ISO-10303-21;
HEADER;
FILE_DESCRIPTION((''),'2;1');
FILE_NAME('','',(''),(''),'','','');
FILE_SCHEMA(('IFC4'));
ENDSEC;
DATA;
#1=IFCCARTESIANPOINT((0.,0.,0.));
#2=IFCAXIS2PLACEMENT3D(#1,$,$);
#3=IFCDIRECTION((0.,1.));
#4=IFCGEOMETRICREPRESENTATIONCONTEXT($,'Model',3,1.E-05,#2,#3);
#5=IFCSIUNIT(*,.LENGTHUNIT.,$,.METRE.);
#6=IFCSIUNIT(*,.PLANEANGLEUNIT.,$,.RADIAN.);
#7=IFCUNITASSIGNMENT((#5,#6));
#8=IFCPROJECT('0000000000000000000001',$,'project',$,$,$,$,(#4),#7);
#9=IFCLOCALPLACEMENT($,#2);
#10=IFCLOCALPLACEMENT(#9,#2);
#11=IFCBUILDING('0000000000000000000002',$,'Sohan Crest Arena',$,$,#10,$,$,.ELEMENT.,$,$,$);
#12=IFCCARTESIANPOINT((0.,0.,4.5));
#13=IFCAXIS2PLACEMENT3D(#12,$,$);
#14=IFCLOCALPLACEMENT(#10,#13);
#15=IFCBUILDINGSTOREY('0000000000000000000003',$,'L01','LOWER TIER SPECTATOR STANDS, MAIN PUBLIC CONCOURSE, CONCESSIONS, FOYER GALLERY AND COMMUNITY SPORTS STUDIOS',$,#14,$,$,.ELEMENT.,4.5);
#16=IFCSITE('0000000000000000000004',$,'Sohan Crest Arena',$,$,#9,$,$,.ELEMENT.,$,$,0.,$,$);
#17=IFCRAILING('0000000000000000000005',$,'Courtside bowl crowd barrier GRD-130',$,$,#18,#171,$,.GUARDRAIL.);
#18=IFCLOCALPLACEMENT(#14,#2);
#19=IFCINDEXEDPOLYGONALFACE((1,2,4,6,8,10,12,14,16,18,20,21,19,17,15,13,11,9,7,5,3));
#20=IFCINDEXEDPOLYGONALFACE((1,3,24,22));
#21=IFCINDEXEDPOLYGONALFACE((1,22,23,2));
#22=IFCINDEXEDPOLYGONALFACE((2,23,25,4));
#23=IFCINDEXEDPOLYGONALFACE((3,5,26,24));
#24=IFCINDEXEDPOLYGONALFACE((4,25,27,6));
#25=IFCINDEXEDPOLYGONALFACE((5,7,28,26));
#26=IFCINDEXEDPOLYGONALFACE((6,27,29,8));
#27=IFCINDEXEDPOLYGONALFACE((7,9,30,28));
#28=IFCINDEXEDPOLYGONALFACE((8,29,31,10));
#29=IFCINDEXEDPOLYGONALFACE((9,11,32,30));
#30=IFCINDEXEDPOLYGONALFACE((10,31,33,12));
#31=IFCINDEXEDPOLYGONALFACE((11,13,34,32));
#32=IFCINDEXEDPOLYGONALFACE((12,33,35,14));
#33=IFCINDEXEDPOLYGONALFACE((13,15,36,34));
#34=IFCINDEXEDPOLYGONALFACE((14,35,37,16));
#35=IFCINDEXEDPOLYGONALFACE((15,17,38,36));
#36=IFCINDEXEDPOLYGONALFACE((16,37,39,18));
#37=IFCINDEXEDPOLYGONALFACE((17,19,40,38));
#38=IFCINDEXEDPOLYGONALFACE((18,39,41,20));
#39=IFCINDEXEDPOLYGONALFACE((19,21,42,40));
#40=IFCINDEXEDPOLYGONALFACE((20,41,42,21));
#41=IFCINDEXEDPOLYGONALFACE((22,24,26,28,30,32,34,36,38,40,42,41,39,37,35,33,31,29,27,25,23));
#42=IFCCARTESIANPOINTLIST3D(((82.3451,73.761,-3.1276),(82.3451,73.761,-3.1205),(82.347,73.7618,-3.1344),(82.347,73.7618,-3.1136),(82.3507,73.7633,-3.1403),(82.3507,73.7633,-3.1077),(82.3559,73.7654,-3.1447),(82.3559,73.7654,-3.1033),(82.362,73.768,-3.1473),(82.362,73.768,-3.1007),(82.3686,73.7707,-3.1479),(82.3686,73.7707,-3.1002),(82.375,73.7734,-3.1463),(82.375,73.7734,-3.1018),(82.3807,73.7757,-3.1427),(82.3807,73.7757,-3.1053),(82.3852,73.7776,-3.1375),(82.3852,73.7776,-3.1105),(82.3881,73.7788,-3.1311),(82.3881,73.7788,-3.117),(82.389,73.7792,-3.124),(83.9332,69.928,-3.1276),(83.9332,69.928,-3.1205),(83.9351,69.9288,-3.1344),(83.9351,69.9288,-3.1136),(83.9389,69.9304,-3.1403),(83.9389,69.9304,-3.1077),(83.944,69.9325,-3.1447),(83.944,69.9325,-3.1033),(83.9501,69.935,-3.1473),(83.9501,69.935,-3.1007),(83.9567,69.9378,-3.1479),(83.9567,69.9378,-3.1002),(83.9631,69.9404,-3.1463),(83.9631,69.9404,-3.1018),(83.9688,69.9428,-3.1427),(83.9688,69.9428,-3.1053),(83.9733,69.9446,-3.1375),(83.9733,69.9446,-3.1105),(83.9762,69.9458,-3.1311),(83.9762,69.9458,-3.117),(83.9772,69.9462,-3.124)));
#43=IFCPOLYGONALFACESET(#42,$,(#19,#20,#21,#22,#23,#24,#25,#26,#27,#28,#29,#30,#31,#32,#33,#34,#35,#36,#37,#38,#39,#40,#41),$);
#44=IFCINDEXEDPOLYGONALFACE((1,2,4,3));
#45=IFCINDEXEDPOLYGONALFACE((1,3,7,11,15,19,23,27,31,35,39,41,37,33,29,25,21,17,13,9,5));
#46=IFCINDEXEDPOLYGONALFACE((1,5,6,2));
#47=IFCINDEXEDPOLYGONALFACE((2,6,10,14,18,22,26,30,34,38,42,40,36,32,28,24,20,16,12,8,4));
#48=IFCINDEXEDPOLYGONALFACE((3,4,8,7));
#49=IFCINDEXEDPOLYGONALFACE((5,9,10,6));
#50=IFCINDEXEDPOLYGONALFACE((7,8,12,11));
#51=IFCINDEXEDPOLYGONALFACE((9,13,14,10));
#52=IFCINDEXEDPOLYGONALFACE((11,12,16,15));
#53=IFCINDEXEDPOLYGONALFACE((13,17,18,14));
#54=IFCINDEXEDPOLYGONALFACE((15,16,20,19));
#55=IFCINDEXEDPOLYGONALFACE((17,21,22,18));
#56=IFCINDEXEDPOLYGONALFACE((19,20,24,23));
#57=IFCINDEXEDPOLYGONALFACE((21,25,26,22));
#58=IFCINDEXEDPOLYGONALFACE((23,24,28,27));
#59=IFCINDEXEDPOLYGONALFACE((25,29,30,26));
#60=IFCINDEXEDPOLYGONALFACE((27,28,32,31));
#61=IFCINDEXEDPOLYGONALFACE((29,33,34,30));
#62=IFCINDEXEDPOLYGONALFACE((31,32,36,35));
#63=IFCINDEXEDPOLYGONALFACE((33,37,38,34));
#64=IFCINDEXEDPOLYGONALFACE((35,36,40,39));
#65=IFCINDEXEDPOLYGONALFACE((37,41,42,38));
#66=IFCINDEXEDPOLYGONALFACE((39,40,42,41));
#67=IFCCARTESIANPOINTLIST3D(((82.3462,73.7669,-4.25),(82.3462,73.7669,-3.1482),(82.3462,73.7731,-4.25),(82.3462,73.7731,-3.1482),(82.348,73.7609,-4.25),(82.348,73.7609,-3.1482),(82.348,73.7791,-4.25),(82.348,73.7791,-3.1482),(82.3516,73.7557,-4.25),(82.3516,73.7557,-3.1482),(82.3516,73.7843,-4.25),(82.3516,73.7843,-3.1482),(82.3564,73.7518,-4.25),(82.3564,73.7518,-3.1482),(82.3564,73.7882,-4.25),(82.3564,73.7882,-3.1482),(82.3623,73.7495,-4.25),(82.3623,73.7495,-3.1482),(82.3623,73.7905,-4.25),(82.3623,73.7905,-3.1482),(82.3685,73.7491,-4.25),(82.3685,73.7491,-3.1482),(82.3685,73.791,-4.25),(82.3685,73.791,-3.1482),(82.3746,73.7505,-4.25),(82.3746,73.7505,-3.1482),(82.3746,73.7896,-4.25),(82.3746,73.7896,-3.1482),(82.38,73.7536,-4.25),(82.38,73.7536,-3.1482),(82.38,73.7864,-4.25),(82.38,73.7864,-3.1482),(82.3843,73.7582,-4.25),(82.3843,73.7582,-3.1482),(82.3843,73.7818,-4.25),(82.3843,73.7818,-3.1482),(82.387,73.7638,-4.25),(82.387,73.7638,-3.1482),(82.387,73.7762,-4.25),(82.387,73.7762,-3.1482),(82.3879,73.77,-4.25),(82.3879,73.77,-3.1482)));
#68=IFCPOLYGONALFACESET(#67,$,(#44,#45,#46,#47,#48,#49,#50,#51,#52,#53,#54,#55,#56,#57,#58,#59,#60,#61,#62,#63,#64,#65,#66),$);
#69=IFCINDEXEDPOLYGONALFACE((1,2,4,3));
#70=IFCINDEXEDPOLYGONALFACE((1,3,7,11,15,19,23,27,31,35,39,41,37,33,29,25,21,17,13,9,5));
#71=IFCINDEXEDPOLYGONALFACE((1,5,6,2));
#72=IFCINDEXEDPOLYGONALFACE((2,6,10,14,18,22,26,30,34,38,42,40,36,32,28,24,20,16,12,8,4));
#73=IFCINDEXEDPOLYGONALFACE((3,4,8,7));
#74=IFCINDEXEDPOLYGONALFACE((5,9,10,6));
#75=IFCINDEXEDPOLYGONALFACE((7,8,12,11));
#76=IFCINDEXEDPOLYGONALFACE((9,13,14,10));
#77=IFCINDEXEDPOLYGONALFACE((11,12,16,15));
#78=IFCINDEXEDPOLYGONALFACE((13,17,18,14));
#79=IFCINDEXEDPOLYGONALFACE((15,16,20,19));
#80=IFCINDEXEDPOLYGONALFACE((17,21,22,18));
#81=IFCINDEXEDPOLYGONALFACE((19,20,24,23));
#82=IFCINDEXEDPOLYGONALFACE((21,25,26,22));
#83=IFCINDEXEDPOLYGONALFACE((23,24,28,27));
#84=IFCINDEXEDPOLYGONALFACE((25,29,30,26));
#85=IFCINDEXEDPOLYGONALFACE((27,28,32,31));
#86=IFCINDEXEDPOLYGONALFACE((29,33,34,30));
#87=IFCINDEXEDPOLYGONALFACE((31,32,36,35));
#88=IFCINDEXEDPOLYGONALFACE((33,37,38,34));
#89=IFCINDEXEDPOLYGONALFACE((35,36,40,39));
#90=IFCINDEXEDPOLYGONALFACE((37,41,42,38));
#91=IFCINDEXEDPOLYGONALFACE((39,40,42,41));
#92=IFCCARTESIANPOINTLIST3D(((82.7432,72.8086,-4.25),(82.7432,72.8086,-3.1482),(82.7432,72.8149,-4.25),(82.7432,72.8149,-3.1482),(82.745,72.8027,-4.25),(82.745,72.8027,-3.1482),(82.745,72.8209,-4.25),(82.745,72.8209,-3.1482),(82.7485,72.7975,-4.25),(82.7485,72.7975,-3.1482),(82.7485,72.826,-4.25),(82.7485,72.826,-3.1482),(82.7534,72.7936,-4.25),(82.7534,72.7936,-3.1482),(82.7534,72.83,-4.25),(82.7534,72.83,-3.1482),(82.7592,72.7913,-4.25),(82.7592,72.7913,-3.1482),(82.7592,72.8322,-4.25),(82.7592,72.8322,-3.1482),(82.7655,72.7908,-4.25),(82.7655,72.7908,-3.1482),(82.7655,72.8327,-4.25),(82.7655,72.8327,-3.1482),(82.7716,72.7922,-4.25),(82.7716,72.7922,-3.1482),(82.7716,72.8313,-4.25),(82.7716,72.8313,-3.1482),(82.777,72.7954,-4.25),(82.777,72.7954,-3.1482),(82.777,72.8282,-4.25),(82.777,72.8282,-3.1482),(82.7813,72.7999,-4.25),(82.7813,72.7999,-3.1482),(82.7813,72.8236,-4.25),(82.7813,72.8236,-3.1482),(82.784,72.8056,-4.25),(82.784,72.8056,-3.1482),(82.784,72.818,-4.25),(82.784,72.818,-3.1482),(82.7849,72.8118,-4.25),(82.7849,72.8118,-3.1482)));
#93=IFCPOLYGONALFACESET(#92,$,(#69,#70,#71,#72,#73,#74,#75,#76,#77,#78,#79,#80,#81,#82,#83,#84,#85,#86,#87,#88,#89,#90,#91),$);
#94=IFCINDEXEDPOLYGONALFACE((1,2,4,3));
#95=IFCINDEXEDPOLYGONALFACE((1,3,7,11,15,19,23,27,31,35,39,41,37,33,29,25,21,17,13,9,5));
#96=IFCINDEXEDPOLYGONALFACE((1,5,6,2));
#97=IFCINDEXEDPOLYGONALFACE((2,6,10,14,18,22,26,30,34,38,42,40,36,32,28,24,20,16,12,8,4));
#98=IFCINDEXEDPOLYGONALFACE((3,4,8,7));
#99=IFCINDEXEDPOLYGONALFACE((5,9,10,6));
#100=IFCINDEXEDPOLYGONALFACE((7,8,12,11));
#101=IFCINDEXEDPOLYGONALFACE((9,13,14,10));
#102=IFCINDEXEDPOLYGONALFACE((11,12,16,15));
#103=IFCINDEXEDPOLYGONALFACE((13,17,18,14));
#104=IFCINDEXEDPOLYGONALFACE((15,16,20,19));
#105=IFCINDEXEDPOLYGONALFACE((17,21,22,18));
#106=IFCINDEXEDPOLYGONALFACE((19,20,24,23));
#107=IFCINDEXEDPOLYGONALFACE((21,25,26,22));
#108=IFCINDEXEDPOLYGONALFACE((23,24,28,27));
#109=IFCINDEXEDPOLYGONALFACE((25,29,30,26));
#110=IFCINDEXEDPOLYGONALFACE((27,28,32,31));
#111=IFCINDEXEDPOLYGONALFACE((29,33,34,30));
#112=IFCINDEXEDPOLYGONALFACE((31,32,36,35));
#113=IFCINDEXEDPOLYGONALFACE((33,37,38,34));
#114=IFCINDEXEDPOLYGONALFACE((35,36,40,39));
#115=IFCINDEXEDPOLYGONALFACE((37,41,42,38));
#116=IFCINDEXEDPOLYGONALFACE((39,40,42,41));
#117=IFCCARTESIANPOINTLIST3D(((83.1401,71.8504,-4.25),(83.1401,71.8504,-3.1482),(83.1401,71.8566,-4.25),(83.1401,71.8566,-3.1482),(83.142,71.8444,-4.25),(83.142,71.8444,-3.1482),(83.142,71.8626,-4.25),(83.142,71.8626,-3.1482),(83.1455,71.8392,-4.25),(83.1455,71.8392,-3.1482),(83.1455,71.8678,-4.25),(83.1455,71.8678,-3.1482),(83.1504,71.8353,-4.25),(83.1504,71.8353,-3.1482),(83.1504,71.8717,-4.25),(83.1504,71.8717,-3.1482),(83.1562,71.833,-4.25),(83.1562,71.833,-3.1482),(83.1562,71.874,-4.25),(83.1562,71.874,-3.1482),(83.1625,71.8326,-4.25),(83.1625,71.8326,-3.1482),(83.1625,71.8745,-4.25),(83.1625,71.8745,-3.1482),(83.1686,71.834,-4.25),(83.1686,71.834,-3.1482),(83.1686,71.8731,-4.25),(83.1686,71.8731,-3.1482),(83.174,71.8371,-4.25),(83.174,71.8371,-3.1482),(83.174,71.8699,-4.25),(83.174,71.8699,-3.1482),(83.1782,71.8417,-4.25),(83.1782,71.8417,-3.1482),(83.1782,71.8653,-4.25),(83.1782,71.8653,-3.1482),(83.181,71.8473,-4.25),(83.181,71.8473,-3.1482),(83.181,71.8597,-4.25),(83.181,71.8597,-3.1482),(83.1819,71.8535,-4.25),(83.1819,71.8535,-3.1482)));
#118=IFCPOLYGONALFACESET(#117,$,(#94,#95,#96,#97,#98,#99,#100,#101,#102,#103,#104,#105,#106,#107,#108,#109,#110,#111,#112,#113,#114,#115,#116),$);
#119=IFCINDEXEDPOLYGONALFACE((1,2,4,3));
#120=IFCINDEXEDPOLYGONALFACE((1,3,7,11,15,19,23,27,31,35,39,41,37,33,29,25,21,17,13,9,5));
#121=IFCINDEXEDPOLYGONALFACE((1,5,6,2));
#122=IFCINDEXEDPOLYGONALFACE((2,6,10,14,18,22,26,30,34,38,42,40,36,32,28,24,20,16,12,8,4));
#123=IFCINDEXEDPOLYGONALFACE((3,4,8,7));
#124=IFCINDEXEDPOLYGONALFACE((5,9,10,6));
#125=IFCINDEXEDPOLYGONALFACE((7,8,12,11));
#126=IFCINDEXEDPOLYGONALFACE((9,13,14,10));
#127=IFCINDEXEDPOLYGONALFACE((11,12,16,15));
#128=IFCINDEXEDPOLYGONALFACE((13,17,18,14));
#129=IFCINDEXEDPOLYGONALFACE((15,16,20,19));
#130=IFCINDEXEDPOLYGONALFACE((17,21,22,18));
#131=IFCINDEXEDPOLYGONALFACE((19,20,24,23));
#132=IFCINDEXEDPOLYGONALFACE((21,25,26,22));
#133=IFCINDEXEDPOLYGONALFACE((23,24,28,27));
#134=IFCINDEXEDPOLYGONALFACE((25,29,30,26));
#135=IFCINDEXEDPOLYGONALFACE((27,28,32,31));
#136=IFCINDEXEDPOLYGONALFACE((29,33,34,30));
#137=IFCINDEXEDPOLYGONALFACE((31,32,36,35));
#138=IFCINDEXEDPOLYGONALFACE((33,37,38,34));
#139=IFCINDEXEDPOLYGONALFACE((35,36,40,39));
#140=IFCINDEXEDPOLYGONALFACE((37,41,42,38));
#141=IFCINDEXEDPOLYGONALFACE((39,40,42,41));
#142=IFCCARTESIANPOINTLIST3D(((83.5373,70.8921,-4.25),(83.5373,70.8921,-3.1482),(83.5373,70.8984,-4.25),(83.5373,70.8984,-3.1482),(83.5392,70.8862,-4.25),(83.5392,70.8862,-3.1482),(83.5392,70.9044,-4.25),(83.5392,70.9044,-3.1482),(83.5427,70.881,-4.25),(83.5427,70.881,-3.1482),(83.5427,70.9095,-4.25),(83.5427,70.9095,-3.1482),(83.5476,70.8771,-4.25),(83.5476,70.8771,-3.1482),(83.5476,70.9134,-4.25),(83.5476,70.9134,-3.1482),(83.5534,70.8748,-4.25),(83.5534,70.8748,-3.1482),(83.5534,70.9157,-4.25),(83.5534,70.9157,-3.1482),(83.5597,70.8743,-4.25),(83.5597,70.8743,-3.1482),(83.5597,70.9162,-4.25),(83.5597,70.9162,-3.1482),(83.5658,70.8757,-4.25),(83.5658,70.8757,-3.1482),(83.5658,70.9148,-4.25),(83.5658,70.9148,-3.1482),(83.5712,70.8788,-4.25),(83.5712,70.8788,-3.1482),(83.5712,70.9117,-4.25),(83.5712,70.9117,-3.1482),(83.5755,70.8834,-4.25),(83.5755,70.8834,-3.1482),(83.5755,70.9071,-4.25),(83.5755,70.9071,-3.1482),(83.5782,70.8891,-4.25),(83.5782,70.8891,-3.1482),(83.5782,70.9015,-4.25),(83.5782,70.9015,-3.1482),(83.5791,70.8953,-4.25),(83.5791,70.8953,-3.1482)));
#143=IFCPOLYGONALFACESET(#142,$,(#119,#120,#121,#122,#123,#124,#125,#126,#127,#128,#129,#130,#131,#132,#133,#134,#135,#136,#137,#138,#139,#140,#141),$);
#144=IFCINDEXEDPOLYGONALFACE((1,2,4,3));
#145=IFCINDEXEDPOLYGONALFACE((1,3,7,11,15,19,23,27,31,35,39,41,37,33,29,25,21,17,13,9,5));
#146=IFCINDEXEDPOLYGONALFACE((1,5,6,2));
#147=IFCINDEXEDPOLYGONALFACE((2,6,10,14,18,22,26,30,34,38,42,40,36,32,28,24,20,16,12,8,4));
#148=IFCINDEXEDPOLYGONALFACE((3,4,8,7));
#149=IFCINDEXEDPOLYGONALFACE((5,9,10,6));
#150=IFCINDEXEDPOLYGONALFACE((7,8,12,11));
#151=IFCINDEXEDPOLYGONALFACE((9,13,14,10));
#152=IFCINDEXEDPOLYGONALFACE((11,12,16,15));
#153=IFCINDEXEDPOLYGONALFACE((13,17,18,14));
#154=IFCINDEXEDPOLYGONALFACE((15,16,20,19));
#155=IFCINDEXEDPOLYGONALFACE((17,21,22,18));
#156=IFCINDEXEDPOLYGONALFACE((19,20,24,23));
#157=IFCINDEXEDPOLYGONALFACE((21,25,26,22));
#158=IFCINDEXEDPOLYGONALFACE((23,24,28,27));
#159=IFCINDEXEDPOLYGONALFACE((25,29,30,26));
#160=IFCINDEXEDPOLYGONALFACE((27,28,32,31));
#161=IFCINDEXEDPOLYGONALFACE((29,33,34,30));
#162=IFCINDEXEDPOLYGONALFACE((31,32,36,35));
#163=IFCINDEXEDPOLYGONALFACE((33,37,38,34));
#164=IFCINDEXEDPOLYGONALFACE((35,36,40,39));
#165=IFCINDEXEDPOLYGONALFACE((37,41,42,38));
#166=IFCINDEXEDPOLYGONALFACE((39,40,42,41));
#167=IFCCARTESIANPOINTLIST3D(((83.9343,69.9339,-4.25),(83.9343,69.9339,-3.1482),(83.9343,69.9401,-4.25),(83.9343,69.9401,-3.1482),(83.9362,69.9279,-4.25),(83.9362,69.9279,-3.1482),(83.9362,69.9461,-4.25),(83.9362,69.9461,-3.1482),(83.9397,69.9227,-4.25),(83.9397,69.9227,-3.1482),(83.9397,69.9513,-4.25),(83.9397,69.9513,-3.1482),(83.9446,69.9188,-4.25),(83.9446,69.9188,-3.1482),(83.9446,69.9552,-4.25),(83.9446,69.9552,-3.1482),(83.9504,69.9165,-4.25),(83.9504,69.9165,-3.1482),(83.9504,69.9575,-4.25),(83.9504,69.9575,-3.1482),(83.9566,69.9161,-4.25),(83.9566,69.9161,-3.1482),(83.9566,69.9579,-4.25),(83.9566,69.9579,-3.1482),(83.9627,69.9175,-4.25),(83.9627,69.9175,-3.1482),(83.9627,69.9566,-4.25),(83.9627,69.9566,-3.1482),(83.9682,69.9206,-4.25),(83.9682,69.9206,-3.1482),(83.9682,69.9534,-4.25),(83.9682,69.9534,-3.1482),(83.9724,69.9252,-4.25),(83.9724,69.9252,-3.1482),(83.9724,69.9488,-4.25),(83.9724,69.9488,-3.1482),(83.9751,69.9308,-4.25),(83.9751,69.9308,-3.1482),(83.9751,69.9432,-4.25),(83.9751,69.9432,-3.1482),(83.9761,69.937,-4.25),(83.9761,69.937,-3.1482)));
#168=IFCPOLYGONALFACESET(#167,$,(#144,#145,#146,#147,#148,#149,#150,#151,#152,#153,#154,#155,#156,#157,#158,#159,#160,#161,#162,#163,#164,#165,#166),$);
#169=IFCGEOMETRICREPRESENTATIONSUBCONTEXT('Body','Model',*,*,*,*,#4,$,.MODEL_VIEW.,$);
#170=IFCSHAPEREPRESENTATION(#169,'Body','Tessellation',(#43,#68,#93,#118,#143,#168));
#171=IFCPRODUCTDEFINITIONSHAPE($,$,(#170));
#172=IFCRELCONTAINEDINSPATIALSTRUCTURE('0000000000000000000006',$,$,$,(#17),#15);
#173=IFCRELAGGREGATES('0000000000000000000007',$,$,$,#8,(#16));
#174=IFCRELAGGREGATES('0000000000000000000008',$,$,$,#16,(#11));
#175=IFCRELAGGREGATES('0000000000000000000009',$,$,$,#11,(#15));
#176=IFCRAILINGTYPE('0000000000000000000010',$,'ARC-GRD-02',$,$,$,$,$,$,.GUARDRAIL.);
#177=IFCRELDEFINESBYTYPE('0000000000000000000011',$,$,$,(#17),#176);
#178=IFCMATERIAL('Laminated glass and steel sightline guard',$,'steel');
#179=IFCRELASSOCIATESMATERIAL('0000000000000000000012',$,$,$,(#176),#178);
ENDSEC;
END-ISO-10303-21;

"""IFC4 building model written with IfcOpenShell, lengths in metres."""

from ifc_helpers import new_model, si_unit, direction, frame, origin, origin_2d, place, context, subcontext, project, spatial, circle, extrude, material, type_object, element, save


model = new_model("IFC4")

# Units and contexts
model_context = context("Model", 3, precision=1e-05, world=origin(), true_north=direction((0.0, 1.0)))
body_context = subcontext(model_context, "Body", "Model", "MODEL_VIEW")
ifc_project = project(units=[si_unit("LENGTHUNIT", "METRE"), si_unit("PLANEANGLEUNIT", "RADIAN")], contexts=[model_context])

# Site, building, storey
site_placement = place(None, origin())
site = spatial("IfcSite", under=ifc_project, at=site_placement, Name="Sohan Crest Arena", CompositionType="ELEMENT", RefElevation=0.0)
building_placement = place(site_placement, origin())
building = spatial("IfcBuilding", under=site, at=building_placement, Name="Sohan Crest Arena", CompositionType="ELEMENT")
storey_placement = place(building_placement, frame((0.0, 0.0, 4.5)))
storey = spatial("IfcBuildingStorey", under=building, at=storey_placement, Name="L01", Description="LOWER TIER SPECTATOR STANDS, MAIN PUBLIC CONCOURSE, CONCESSIONS, FOYER GALLERY AND COMMUNITY SPORTS STUDIOS", CompositionType="ELEMENT", Elevation=4.5)

# Railing
ifc_material_1 = material(Name="Laminated glass and steel sightline guard", Category="steel")
railing_type = type_object("IfcRailingType", Name="ARC-GRD-02", PredefinedType="GUARDRAIL", material=ifc_material_1)
railing_1_placement = place(storey_placement, frame((82.3669, 73.77, -4.25)))
element("IfcRailing", 1, at=railing_1_placement, inside=storey, type_object=railing_type, Name="Courtside bowl crowd barrier GRD-130", PredefinedType="GUARDRAIL", context=body_context, shape_type="SweptSolid", body=[
    extrude(circle(Radius=0.0239, at=origin_2d()), frame((0.0, 0.0, 1.126), z_axis=(0.382776, -0.923841, 0.0), x_axis=(0.923841, 0.382776, 0.0)), (0.0, 0.0, 1.0), 4.1489),
    extrude(circle(Radius=0.021, at=origin_2d()), origin(), (0.0, 0.0, 1.0), 1.1018),
    extrude(circle(Radius=0.021, at=origin_2d()), frame((0.397, -0.9583, 0.0)), (0.0, 0.0, 1.0), 1.1018),
    extrude(circle(Radius=0.021, at=origin_2d()), frame((0.7939, -1.9165, 0.0)), (0.0, 0.0, 1.0), 1.1018),
    extrude(circle(Radius=0.021, at=origin_2d()), frame((1.1912, -2.8748, 0.0)), (0.0, 0.0, 1.0), 1.1018),
    extrude(circle(Radius=0.021, at=origin_2d()), frame((1.5881, -3.833, 0.0)), (0.0, 0.0, 1.0), 1.1018),
])

save(model, "model.ifc")
